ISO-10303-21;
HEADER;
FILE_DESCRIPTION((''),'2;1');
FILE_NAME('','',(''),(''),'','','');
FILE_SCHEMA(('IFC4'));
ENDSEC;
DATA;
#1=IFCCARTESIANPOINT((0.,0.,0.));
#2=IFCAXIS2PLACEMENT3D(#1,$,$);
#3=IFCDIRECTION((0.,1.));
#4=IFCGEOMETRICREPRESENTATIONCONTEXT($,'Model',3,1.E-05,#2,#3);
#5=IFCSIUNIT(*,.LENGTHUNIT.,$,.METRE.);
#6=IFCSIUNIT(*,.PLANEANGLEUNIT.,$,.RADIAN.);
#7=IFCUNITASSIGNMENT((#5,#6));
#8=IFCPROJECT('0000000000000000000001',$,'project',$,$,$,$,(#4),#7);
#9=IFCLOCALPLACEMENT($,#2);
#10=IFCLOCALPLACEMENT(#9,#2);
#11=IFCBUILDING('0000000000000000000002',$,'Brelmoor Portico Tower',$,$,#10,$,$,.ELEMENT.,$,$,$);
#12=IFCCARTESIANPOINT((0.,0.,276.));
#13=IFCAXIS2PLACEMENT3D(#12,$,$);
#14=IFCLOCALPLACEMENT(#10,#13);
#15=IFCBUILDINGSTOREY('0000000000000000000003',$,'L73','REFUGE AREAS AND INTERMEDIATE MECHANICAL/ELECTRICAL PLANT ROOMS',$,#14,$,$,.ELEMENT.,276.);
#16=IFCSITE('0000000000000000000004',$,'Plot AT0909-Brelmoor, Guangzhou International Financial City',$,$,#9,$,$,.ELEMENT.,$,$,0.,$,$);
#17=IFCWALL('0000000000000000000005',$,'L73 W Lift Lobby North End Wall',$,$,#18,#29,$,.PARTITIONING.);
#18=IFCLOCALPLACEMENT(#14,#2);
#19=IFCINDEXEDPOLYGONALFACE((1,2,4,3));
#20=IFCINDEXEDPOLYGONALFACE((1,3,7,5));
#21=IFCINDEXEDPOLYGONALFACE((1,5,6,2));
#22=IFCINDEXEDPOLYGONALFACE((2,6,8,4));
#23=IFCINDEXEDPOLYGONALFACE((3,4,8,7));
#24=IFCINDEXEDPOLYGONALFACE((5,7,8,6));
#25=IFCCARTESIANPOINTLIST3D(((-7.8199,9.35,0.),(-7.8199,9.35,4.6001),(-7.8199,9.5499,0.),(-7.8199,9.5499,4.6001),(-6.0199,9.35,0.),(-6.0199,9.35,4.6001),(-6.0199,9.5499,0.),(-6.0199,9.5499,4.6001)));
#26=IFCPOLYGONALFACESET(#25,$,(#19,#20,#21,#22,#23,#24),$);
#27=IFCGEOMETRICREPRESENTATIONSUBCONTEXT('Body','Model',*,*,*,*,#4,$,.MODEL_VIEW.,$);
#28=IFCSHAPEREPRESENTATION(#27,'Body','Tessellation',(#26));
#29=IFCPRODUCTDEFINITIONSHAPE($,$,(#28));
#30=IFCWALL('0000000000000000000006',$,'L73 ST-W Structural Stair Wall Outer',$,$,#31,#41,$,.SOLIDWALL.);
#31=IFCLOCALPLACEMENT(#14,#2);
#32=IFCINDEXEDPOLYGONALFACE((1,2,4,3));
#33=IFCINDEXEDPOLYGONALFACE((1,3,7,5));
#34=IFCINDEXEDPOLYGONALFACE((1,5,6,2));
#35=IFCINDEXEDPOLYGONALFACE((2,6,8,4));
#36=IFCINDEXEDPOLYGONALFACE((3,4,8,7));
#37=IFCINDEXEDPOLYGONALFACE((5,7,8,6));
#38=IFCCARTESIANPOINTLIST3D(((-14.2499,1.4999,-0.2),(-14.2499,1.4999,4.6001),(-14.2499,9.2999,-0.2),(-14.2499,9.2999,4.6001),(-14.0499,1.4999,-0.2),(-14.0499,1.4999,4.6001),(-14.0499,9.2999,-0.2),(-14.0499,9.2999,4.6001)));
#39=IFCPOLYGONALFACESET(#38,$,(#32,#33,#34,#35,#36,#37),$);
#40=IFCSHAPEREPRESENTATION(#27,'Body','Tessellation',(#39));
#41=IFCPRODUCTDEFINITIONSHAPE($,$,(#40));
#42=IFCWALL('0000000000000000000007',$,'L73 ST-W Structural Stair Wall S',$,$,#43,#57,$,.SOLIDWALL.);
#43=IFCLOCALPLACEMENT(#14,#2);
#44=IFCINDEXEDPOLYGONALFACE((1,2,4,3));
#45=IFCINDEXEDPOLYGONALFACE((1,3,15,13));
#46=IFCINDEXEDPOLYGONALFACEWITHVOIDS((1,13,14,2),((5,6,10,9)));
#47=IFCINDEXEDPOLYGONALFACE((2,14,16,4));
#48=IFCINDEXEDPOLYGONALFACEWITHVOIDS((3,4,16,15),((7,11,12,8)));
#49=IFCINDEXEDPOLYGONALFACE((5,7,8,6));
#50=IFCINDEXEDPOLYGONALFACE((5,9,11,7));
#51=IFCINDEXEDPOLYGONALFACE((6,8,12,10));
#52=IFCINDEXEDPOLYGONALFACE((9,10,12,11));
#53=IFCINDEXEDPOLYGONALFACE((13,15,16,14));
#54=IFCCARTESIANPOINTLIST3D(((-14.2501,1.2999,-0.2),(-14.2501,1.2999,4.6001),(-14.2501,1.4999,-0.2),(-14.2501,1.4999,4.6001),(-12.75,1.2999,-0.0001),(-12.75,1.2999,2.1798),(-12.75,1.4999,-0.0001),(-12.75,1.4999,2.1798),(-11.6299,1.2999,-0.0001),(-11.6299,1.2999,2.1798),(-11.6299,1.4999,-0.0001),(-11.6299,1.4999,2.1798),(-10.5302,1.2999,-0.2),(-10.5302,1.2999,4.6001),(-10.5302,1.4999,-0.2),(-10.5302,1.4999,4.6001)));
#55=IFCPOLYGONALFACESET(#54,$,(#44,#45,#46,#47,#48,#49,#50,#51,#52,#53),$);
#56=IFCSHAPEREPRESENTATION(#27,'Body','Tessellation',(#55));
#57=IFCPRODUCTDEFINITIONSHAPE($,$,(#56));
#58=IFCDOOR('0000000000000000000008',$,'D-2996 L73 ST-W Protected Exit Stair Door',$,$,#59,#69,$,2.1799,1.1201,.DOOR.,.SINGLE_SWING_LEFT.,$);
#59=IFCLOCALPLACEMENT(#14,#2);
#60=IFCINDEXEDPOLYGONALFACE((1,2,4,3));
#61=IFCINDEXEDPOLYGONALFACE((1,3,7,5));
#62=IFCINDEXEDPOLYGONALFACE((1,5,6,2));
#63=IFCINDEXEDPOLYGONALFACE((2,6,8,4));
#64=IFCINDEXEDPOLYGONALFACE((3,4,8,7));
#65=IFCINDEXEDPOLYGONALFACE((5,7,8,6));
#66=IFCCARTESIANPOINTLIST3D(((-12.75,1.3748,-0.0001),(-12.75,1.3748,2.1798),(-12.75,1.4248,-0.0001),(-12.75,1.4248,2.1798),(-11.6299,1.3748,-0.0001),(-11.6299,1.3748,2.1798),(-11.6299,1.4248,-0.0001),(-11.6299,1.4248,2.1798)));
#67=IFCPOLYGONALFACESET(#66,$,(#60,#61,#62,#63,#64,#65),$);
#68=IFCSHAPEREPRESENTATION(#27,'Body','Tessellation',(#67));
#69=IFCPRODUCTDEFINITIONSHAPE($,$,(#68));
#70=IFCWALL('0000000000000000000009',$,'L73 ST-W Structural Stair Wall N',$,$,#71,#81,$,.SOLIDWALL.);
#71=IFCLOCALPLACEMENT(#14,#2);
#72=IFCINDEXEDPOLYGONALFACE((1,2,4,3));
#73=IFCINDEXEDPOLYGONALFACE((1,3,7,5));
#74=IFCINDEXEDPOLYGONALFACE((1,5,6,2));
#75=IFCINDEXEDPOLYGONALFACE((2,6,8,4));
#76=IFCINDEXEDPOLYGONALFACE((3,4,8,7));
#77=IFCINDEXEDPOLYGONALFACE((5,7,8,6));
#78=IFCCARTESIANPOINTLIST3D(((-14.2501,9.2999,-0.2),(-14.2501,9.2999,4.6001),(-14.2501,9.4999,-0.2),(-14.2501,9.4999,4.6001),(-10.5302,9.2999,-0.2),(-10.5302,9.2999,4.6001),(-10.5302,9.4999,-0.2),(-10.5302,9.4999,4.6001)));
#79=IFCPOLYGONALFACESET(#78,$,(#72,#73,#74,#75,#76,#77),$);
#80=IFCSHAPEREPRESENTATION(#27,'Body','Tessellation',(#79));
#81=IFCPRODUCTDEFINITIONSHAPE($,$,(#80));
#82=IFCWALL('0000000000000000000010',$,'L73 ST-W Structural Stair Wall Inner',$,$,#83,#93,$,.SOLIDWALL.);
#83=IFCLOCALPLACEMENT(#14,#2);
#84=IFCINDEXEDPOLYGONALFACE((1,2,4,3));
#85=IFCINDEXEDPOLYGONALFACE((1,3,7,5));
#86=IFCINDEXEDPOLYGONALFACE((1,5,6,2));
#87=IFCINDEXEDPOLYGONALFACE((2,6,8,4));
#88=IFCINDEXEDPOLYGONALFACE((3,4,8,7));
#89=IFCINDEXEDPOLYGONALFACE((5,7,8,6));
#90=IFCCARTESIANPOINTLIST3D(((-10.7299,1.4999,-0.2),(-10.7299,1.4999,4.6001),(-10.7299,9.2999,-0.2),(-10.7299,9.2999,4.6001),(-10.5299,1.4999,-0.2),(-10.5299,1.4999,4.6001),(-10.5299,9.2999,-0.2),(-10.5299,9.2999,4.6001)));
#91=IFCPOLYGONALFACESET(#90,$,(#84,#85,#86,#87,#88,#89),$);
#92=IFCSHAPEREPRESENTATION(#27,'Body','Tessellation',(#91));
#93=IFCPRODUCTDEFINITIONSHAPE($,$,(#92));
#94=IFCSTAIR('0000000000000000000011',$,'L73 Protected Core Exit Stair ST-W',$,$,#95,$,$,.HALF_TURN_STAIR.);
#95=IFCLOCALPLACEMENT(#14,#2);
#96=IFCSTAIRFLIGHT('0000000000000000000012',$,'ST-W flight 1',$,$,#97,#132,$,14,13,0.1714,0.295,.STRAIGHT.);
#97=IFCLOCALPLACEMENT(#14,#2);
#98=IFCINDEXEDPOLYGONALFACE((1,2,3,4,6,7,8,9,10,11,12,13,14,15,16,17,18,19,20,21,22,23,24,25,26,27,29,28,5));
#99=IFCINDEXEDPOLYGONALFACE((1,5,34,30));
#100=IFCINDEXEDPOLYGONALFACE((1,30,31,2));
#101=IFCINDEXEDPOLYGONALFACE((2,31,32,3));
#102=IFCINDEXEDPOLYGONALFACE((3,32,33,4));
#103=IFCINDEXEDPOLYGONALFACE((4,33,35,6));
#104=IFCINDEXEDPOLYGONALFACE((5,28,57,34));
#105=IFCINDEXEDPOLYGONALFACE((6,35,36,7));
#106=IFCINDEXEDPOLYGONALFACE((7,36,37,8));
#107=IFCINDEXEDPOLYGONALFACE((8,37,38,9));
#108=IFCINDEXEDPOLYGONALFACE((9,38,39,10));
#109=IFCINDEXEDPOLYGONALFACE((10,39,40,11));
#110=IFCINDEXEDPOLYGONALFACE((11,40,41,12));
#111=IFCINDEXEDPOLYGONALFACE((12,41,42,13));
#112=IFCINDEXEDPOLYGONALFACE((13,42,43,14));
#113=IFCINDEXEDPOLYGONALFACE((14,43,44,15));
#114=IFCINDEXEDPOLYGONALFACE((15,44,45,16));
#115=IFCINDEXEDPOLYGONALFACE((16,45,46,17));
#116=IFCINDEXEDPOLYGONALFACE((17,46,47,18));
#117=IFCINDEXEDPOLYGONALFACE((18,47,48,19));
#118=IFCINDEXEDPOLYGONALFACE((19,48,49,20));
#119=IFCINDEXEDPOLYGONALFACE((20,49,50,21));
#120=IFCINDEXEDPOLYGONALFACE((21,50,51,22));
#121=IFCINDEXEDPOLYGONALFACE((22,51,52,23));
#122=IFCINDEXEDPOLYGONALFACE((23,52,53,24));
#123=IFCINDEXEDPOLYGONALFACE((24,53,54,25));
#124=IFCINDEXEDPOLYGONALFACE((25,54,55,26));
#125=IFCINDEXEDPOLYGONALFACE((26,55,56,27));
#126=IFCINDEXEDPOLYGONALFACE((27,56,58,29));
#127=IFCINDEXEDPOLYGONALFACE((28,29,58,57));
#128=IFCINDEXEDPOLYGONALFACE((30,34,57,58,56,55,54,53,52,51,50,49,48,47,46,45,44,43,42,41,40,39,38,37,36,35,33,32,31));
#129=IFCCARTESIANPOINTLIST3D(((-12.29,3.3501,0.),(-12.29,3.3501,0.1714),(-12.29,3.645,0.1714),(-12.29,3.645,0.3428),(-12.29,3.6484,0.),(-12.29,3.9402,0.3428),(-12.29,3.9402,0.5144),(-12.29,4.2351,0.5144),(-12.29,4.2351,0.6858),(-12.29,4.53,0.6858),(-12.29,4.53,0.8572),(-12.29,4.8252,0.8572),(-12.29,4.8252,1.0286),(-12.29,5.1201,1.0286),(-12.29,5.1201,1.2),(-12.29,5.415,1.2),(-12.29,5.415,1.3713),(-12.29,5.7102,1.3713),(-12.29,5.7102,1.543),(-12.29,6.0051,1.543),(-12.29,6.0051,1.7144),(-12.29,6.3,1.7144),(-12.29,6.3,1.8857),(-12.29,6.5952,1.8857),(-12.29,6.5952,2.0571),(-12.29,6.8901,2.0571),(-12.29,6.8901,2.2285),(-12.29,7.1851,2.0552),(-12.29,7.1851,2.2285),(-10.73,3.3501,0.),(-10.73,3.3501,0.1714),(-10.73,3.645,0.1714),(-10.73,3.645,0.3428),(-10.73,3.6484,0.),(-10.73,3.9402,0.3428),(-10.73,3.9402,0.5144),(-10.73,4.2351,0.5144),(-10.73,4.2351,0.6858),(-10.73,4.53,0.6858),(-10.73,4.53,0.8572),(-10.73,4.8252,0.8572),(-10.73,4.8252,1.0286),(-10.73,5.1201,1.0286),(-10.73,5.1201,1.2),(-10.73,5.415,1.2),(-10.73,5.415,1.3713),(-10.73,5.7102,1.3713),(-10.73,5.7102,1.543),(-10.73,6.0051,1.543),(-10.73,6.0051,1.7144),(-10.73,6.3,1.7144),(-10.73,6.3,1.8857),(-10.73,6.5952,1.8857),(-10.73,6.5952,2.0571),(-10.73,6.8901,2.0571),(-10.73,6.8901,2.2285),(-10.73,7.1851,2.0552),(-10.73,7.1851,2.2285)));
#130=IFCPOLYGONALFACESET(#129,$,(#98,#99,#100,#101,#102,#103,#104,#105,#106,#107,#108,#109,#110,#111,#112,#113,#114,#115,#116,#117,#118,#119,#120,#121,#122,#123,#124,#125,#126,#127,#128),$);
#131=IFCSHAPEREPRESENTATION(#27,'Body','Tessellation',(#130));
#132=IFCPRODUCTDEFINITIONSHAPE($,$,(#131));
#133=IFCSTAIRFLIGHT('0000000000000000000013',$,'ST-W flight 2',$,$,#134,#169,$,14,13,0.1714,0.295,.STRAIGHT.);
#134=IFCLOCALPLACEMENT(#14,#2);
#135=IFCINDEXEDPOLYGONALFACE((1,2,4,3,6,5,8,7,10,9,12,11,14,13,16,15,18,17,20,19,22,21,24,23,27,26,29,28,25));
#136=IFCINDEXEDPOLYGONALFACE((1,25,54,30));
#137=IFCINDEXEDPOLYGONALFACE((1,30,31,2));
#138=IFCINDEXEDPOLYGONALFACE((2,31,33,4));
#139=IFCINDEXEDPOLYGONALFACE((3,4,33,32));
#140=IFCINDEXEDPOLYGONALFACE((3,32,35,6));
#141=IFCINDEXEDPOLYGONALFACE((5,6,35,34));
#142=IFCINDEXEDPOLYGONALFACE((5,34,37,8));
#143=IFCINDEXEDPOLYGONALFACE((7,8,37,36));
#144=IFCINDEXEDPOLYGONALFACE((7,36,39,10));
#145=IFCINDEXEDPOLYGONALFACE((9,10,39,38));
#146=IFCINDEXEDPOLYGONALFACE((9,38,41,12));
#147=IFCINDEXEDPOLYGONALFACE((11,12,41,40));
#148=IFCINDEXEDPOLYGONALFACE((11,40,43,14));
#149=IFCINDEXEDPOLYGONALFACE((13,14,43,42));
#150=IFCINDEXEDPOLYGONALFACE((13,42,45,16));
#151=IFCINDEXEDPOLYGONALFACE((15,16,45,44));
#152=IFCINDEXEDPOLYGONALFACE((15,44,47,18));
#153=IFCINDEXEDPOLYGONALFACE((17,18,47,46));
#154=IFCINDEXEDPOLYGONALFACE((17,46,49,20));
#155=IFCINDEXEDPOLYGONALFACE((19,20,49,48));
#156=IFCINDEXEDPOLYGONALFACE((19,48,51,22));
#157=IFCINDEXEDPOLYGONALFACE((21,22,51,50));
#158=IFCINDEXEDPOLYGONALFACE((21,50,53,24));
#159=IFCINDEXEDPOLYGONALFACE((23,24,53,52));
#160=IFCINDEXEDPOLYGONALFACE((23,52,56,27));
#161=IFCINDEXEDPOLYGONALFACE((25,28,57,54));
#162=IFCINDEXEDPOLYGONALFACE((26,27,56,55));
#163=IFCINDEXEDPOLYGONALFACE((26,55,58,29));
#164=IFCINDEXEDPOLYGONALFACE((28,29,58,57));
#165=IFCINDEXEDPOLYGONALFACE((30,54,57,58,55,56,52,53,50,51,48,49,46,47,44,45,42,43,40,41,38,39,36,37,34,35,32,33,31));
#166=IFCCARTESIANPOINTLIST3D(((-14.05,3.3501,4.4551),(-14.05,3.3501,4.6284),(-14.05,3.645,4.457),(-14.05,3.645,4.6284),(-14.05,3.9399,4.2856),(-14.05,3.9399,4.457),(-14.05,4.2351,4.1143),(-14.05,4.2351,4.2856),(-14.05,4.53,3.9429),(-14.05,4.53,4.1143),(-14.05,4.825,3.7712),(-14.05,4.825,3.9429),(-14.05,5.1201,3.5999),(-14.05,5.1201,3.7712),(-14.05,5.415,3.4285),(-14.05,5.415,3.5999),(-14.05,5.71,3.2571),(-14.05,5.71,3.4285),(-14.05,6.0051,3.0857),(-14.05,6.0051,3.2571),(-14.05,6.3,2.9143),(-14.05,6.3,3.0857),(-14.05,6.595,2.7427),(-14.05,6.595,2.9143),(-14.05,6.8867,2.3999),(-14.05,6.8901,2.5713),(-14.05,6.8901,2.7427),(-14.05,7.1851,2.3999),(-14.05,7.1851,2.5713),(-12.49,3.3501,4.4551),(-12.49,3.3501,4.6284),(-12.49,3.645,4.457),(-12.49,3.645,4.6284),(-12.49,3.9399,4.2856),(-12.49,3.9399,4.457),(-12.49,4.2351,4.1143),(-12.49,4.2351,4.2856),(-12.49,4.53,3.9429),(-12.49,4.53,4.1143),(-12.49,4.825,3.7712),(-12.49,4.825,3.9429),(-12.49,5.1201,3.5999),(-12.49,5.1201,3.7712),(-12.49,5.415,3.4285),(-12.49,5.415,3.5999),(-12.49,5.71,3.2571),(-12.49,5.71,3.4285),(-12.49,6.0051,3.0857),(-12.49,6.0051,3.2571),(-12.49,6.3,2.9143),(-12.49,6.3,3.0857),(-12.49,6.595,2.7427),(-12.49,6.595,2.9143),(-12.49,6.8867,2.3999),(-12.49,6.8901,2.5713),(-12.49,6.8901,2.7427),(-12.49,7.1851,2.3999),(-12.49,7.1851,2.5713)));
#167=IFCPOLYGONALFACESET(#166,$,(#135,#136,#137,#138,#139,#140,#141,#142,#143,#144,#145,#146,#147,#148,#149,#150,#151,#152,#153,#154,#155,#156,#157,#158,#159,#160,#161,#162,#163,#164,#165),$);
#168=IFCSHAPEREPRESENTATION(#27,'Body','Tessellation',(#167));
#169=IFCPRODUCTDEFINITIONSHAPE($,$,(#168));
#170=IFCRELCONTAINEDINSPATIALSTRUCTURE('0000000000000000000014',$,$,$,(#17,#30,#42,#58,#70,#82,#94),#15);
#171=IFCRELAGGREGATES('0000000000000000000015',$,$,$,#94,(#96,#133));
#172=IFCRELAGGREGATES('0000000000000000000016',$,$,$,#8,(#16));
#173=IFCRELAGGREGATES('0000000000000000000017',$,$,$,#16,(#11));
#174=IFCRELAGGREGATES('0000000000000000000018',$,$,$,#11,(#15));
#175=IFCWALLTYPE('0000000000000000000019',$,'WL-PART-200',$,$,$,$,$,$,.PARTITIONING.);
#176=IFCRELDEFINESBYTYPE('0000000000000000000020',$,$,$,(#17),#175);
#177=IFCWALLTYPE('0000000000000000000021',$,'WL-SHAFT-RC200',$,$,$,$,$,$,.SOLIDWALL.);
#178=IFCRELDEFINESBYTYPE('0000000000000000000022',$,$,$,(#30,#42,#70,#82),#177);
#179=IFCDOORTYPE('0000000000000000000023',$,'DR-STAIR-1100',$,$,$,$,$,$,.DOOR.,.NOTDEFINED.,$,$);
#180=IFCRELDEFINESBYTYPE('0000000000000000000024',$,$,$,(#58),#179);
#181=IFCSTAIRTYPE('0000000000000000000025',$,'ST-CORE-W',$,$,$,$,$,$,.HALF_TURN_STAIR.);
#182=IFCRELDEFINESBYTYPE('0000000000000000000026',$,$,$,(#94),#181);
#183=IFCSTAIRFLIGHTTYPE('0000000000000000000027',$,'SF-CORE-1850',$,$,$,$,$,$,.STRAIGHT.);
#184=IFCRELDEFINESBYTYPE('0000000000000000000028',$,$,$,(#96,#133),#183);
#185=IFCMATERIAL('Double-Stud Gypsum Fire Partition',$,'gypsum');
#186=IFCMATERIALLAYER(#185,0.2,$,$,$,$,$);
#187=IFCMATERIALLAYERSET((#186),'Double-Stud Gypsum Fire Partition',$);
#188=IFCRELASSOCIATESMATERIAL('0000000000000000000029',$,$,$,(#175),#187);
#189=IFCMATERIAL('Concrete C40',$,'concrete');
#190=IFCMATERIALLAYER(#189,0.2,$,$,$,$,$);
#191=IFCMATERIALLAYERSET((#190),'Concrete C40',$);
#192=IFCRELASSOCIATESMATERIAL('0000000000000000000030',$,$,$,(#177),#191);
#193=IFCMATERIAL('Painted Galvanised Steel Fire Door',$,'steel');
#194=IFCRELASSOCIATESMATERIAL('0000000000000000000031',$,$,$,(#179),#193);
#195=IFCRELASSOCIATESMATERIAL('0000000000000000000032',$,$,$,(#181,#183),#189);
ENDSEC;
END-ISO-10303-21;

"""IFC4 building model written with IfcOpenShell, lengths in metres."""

from ifc_helpers import new_model, si_unit, direction, frame, frame_2d, origin, place, context, subcontext, project, spatial, polyline, rectangle, outline, extrude, material, layer, layer_set, type_object, element, fill, aggregate, save


model = new_model("IFC4")

# Units and contexts
model_context = context("Model", 3, precision=1e-05, world=origin(), true_north=direction((0.0, 1.0)))
body_context = subcontext(model_context, "Body", "Model", "MODEL_VIEW")
ifc_project = project(units=[si_unit("LENGTHUNIT", "METRE"), si_unit("PLANEANGLEUNIT", "RADIAN")], contexts=[model_context])

# Site, building, storey
site_placement = place(None, origin())
site = spatial("IfcSite", under=ifc_project, at=site_placement, Name="Plot AT0909-Brelmoor, Guangzhou International Financial City", CompositionType="ELEMENT", RefElevation=0.0)
building_placement = place(site_placement, origin())
building = spatial("IfcBuilding", under=site, at=building_placement, Name="Brelmoor Portico Tower", CompositionType="ELEMENT")
storey_placement = place(building_placement, frame((0.0, 0.0, 276.0)))
storey = spatial("IfcBuildingStorey", under=building, at=storey_placement, Name="L73", Description="REFUGE AREAS AND INTERMEDIATE MECHANICAL/ELECTRICAL PLANT ROOMS", CompositionType="ELEMENT", Elevation=276.0)

# Wall
ifc_material_1 = material(Name="Double-Stud Gypsum Fire Partition", Category="gypsum")
ifc_layer_1 = layer(ifc_material_1, 0.2)
ifc_layer_set_1 = layer_set([ifc_layer_1], Name="Double-Stud Gypsum Fire Partition")
wall_type_1 = type_object("IfcWallType", Name="WL-PART-200", PredefinedType="PARTITIONING", material=ifc_layer_set_1)
wall_1_placement = place(storey_placement, frame((-6.02, 9.45, 0.0), z_axis=(0.0, 0.0, 1.0), x_axis=(-1.0, 0.0, 0.0)))
element("IfcWall", 1, at=wall_1_placement, inside=storey, type_object=wall_type_1, Name="L73 W Lift Lobby North End Wall", PredefinedType="PARTITIONING", context=body_context, shape_type="SweptSolid", body=[
    extrude(rectangle(XDim=1.8, YDim=0.2, at=frame_2d((0.8999, 0.0))), origin(), (0.0, 0.0, 1.0), 4.6001),
])

# Shared definitions
ifc_material_2 = material(Name="Painted Galvanised Steel Fire Door", Category="steel")

# Wall
ifc_material_3 = material(Name="Concrete C40", Category="concrete")
ifc_layer_2 = layer(ifc_material_3, 0.2)
ifc_layer_set_2 = layer_set([ifc_layer_2], Name="Concrete C40")
wall_type_2 = type_object("IfcWallType", Name="WL-SHAFT-RC200", PredefinedType="SOLIDWALL", material=ifc_layer_set_2)
wall_2_placement = place(storey_placement, frame((-14.1499, 1.5, -0.2), z_axis=(0.0, 0.0, 1.0), x_axis=(0.0, 1.0, 0.0)))
element("IfcWall", 2, at=wall_2_placement, inside=storey, type_object=wall_type_2, Name="L73 ST-W Structural Stair Wall Outer", PredefinedType="SOLIDWALL", context=body_context, shape_type="SweptSolid", body=[
    extrude(rectangle(XDim=7.8, YDim=0.2, at=frame_2d((3.8999, 0.0))), origin(), (0.0, 0.0, 1.0), 4.8),
])

# Wall, opening, door
wall_3_placement = place(storey_placement, frame((-14.25, 1.3999, -0.2), z_axis=(0.0, 0.0, 1.0), x_axis=(1.0, 0.0, 0.0)))
wall_3 = element("IfcWall", 3, at=wall_3_placement, inside=storey, type_object=wall_type_2, Name="L73 ST-W Structural Stair Wall S", PredefinedType="SOLIDWALL", context=body_context, shape_type="SweptSolid", body=[
    extrude(rectangle(XDim=3.72, YDim=0.2, at=frame_2d((1.8599, 0.0))), origin(), (0.0, 0.0, 1.0), 4.8),
])
opening_1_placement = place(wall_3_placement, frame((1.5, 0.0, 0.2)))
opening_1 = element("IfcOpeningElement", 4, at=opening_1_placement, cuts=wall_3, PredefinedType="OPENING", context=body_context, shape_type="SweptSolid", body=[
    extrude(rectangle(XDim=1.1201, YDim=2.1799, at=frame_2d((0.5601, 1.0898))), frame((0.0, 0.1099, 0.0), z_axis=(0.0, -1.0, 0.0), x_axis=(1.0, 0.0, 0.0)), (0.0, 0.0, 1.0), 0.22),
])
door_type_1 = type_object("IfcDoorType", Name="DR-STAIR-1100", OperationType="NOTDEFINED", PredefinedType="DOOR", material=ifc_material_2)
door_1_placement = place(opening_1_placement, origin())
door_1 = element("IfcDoor", 5, at=door_1_placement, inside=storey, type_object=door_type_1, Name="D-2996 L73 ST-W Protected Exit Stair Door", OperationType="SINGLE_SWING_LEFT", OverallHeight=2.1799, OverallWidth=1.1201, PredefinedType="DOOR", context=body_context, shape_type="SweptSolid", body=[
    extrude(rectangle(XDim=1.1201, YDim=2.1799, at=frame_2d((0.5601, 1.0898))), frame((0.0, 0.0249, 0.0), z_axis=(0.0, -1.0, 0.0), x_axis=(1.0, 0.0, 0.0)), (0.0, 0.0, 1.0), 0.05),
])
fill(opening_1, door_1)

# Walls
wall_4_placement = place(storey_placement, frame((-14.25, 9.3999, -0.2), z_axis=(0.0, 0.0, 1.0), x_axis=(1.0, 0.0, 0.0)))
element("IfcWall", 6, at=wall_4_placement, inside=storey, type_object=wall_type_2, Name="L73 ST-W Structural Stair Wall N", PredefinedType="SOLIDWALL", context=body_context, shape_type="SweptSolid", body=[
    extrude(rectangle(XDim=3.72, YDim=0.2, at=frame_2d((1.8599, 0.0))), origin(), (0.0, 0.0, 1.0), 4.8),
])
wall_5_placement = place(storey_placement, frame((-10.6299, 1.5, -0.2), z_axis=(0.0, 0.0, 1.0), x_axis=(0.0, 1.0, 0.0)))
element("IfcWall", 7, at=wall_5_placement, inside=storey, type_object=wall_type_2, Name="L73 ST-W Structural Stair Wall Inner", PredefinedType="SOLIDWALL", context=body_context, shape_type="SweptSolid", body=[
    extrude(rectangle(XDim=7.8, YDim=0.2, at=frame_2d((3.8999, 0.0))), origin(), (0.0, 0.0, 1.0), 4.8),
])

# Stair, stair flights
stair_type = type_object("IfcStairType", Name="ST-CORE-W", PredefinedType="HALF_TURN_STAIR", material=ifc_material_3)
stair_placement = place(storey_placement, origin())
stair = element("IfcStair", 8, at=stair_placement, inside=storey, type_object=stair_type, Name="L73 Protected Core Exit Stair ST-W", PredefinedType="HALF_TURN_STAIR")
stair_flight_type = type_object("IfcStairFlightType", Name="SF-CORE-1850", PredefinedType="STRAIGHT", material=ifc_material_3)
stair_flight_1_placement = place(storey_placement, frame((-11.51, 3.3501, 0.0), z_axis=(0.0, 0.0, 1.0), x_axis=(0.0, 1.0, 0.0)))
stair_flight_1 = element("IfcStairFlight", 9, at=stair_flight_1_placement, type_object=stair_flight_type, Name="ST-W flight 1", NumberOfRisers=14, NumberOfTreads=13, PredefinedType="STRAIGHT", RiserHeight=0.1714, TreadLength=0.295, context=body_context, shape_type="SweptSolid", body=[
    extrude(outline(polyline([(0.0, 0.0), (0.0, 0.1714), (0.2949, 0.1714), (0.2949, 0.3428), (0.5901, 0.3428), (0.5901, 0.5144), (0.885, 0.5144), (0.885, 0.6858), (1.1799, 0.6858), (1.1799, 0.8572), (1.4751, 0.8572), (1.4751, 1.0286), (1.77, 1.0286), (1.77, 1.2), (2.0649, 1.2), (2.0649, 1.3713), (2.3601, 1.3713), (2.3601, 1.543), (2.655, 1.543), (2.655, 1.7144), (2.95, 1.7144), (2.95, 1.8857), (3.2451, 1.8857), (3.2451, 2.0571), (3.54, 2.0571), (3.54, 2.2285), (3.835, 2.2285), (3.835, 2.3999), (3.835, 2.0552), (0.2983, 0.0), (0.0, 0.0)])), frame((0.0, 0.78, 0.0), z_axis=(0.0, -1.0, 0.0), x_axis=(1.0, 0.0, 0.0)), (0.0, 0.0, 1.0), 1.5601),
])
stair_flight_2_placement = place(storey_placement, frame((-13.27, 7.1851, 2.3999), z_axis=(0.0, 0.0, 1.0), x_axis=(0.0, -1.0, 0.0)))
stair_flight_2 = element("IfcStairFlight", 10, at=stair_flight_2_placement, type_object=stair_flight_type, Name="ST-W flight 2", NumberOfRisers=14, NumberOfTreads=13, PredefinedType="STRAIGHT", RiserHeight=0.1714, TreadLength=0.295, context=body_context, shape_type="SweptSolid", body=[
    extrude(outline(polyline([(0.0, 0.0), (0.0, 0.1714), (0.2949, 0.1714), (0.2949, 0.3428), (0.5901, 0.3428), (0.5901, 0.5144), (0.885, 0.5144), (0.885, 0.6858), (1.1799, 0.6858), (1.1799, 0.8572), (1.4751, 0.8572), (1.4751, 1.0286), (1.77, 1.0286), (1.77, 1.2), (2.0649, 1.2), (2.0649, 1.3713), (2.3601, 1.3713), (2.3601, 1.543), (2.655, 1.543), (2.655, 1.7144), (2.95, 1.7144), (2.95, 1.8857), (3.2451, 1.8857), (3.2451, 2.0571), (3.54, 2.0571), (3.54, 2.2285), (3.835, 2.2285), (3.835, 2.3999), (3.835, 2.0552), (0.2983, 0.0), (0.0, 0.0)])), frame((0.0, 0.78, 0.0), z_axis=(0.0, -1.0, 0.0), x_axis=(1.0, 0.0, 0.0)), (0.0, 0.0, 1.0), 1.5601),
])
aggregate(stair, [stair_flight_1, stair_flight_2])

save(model, "model.ifc")
